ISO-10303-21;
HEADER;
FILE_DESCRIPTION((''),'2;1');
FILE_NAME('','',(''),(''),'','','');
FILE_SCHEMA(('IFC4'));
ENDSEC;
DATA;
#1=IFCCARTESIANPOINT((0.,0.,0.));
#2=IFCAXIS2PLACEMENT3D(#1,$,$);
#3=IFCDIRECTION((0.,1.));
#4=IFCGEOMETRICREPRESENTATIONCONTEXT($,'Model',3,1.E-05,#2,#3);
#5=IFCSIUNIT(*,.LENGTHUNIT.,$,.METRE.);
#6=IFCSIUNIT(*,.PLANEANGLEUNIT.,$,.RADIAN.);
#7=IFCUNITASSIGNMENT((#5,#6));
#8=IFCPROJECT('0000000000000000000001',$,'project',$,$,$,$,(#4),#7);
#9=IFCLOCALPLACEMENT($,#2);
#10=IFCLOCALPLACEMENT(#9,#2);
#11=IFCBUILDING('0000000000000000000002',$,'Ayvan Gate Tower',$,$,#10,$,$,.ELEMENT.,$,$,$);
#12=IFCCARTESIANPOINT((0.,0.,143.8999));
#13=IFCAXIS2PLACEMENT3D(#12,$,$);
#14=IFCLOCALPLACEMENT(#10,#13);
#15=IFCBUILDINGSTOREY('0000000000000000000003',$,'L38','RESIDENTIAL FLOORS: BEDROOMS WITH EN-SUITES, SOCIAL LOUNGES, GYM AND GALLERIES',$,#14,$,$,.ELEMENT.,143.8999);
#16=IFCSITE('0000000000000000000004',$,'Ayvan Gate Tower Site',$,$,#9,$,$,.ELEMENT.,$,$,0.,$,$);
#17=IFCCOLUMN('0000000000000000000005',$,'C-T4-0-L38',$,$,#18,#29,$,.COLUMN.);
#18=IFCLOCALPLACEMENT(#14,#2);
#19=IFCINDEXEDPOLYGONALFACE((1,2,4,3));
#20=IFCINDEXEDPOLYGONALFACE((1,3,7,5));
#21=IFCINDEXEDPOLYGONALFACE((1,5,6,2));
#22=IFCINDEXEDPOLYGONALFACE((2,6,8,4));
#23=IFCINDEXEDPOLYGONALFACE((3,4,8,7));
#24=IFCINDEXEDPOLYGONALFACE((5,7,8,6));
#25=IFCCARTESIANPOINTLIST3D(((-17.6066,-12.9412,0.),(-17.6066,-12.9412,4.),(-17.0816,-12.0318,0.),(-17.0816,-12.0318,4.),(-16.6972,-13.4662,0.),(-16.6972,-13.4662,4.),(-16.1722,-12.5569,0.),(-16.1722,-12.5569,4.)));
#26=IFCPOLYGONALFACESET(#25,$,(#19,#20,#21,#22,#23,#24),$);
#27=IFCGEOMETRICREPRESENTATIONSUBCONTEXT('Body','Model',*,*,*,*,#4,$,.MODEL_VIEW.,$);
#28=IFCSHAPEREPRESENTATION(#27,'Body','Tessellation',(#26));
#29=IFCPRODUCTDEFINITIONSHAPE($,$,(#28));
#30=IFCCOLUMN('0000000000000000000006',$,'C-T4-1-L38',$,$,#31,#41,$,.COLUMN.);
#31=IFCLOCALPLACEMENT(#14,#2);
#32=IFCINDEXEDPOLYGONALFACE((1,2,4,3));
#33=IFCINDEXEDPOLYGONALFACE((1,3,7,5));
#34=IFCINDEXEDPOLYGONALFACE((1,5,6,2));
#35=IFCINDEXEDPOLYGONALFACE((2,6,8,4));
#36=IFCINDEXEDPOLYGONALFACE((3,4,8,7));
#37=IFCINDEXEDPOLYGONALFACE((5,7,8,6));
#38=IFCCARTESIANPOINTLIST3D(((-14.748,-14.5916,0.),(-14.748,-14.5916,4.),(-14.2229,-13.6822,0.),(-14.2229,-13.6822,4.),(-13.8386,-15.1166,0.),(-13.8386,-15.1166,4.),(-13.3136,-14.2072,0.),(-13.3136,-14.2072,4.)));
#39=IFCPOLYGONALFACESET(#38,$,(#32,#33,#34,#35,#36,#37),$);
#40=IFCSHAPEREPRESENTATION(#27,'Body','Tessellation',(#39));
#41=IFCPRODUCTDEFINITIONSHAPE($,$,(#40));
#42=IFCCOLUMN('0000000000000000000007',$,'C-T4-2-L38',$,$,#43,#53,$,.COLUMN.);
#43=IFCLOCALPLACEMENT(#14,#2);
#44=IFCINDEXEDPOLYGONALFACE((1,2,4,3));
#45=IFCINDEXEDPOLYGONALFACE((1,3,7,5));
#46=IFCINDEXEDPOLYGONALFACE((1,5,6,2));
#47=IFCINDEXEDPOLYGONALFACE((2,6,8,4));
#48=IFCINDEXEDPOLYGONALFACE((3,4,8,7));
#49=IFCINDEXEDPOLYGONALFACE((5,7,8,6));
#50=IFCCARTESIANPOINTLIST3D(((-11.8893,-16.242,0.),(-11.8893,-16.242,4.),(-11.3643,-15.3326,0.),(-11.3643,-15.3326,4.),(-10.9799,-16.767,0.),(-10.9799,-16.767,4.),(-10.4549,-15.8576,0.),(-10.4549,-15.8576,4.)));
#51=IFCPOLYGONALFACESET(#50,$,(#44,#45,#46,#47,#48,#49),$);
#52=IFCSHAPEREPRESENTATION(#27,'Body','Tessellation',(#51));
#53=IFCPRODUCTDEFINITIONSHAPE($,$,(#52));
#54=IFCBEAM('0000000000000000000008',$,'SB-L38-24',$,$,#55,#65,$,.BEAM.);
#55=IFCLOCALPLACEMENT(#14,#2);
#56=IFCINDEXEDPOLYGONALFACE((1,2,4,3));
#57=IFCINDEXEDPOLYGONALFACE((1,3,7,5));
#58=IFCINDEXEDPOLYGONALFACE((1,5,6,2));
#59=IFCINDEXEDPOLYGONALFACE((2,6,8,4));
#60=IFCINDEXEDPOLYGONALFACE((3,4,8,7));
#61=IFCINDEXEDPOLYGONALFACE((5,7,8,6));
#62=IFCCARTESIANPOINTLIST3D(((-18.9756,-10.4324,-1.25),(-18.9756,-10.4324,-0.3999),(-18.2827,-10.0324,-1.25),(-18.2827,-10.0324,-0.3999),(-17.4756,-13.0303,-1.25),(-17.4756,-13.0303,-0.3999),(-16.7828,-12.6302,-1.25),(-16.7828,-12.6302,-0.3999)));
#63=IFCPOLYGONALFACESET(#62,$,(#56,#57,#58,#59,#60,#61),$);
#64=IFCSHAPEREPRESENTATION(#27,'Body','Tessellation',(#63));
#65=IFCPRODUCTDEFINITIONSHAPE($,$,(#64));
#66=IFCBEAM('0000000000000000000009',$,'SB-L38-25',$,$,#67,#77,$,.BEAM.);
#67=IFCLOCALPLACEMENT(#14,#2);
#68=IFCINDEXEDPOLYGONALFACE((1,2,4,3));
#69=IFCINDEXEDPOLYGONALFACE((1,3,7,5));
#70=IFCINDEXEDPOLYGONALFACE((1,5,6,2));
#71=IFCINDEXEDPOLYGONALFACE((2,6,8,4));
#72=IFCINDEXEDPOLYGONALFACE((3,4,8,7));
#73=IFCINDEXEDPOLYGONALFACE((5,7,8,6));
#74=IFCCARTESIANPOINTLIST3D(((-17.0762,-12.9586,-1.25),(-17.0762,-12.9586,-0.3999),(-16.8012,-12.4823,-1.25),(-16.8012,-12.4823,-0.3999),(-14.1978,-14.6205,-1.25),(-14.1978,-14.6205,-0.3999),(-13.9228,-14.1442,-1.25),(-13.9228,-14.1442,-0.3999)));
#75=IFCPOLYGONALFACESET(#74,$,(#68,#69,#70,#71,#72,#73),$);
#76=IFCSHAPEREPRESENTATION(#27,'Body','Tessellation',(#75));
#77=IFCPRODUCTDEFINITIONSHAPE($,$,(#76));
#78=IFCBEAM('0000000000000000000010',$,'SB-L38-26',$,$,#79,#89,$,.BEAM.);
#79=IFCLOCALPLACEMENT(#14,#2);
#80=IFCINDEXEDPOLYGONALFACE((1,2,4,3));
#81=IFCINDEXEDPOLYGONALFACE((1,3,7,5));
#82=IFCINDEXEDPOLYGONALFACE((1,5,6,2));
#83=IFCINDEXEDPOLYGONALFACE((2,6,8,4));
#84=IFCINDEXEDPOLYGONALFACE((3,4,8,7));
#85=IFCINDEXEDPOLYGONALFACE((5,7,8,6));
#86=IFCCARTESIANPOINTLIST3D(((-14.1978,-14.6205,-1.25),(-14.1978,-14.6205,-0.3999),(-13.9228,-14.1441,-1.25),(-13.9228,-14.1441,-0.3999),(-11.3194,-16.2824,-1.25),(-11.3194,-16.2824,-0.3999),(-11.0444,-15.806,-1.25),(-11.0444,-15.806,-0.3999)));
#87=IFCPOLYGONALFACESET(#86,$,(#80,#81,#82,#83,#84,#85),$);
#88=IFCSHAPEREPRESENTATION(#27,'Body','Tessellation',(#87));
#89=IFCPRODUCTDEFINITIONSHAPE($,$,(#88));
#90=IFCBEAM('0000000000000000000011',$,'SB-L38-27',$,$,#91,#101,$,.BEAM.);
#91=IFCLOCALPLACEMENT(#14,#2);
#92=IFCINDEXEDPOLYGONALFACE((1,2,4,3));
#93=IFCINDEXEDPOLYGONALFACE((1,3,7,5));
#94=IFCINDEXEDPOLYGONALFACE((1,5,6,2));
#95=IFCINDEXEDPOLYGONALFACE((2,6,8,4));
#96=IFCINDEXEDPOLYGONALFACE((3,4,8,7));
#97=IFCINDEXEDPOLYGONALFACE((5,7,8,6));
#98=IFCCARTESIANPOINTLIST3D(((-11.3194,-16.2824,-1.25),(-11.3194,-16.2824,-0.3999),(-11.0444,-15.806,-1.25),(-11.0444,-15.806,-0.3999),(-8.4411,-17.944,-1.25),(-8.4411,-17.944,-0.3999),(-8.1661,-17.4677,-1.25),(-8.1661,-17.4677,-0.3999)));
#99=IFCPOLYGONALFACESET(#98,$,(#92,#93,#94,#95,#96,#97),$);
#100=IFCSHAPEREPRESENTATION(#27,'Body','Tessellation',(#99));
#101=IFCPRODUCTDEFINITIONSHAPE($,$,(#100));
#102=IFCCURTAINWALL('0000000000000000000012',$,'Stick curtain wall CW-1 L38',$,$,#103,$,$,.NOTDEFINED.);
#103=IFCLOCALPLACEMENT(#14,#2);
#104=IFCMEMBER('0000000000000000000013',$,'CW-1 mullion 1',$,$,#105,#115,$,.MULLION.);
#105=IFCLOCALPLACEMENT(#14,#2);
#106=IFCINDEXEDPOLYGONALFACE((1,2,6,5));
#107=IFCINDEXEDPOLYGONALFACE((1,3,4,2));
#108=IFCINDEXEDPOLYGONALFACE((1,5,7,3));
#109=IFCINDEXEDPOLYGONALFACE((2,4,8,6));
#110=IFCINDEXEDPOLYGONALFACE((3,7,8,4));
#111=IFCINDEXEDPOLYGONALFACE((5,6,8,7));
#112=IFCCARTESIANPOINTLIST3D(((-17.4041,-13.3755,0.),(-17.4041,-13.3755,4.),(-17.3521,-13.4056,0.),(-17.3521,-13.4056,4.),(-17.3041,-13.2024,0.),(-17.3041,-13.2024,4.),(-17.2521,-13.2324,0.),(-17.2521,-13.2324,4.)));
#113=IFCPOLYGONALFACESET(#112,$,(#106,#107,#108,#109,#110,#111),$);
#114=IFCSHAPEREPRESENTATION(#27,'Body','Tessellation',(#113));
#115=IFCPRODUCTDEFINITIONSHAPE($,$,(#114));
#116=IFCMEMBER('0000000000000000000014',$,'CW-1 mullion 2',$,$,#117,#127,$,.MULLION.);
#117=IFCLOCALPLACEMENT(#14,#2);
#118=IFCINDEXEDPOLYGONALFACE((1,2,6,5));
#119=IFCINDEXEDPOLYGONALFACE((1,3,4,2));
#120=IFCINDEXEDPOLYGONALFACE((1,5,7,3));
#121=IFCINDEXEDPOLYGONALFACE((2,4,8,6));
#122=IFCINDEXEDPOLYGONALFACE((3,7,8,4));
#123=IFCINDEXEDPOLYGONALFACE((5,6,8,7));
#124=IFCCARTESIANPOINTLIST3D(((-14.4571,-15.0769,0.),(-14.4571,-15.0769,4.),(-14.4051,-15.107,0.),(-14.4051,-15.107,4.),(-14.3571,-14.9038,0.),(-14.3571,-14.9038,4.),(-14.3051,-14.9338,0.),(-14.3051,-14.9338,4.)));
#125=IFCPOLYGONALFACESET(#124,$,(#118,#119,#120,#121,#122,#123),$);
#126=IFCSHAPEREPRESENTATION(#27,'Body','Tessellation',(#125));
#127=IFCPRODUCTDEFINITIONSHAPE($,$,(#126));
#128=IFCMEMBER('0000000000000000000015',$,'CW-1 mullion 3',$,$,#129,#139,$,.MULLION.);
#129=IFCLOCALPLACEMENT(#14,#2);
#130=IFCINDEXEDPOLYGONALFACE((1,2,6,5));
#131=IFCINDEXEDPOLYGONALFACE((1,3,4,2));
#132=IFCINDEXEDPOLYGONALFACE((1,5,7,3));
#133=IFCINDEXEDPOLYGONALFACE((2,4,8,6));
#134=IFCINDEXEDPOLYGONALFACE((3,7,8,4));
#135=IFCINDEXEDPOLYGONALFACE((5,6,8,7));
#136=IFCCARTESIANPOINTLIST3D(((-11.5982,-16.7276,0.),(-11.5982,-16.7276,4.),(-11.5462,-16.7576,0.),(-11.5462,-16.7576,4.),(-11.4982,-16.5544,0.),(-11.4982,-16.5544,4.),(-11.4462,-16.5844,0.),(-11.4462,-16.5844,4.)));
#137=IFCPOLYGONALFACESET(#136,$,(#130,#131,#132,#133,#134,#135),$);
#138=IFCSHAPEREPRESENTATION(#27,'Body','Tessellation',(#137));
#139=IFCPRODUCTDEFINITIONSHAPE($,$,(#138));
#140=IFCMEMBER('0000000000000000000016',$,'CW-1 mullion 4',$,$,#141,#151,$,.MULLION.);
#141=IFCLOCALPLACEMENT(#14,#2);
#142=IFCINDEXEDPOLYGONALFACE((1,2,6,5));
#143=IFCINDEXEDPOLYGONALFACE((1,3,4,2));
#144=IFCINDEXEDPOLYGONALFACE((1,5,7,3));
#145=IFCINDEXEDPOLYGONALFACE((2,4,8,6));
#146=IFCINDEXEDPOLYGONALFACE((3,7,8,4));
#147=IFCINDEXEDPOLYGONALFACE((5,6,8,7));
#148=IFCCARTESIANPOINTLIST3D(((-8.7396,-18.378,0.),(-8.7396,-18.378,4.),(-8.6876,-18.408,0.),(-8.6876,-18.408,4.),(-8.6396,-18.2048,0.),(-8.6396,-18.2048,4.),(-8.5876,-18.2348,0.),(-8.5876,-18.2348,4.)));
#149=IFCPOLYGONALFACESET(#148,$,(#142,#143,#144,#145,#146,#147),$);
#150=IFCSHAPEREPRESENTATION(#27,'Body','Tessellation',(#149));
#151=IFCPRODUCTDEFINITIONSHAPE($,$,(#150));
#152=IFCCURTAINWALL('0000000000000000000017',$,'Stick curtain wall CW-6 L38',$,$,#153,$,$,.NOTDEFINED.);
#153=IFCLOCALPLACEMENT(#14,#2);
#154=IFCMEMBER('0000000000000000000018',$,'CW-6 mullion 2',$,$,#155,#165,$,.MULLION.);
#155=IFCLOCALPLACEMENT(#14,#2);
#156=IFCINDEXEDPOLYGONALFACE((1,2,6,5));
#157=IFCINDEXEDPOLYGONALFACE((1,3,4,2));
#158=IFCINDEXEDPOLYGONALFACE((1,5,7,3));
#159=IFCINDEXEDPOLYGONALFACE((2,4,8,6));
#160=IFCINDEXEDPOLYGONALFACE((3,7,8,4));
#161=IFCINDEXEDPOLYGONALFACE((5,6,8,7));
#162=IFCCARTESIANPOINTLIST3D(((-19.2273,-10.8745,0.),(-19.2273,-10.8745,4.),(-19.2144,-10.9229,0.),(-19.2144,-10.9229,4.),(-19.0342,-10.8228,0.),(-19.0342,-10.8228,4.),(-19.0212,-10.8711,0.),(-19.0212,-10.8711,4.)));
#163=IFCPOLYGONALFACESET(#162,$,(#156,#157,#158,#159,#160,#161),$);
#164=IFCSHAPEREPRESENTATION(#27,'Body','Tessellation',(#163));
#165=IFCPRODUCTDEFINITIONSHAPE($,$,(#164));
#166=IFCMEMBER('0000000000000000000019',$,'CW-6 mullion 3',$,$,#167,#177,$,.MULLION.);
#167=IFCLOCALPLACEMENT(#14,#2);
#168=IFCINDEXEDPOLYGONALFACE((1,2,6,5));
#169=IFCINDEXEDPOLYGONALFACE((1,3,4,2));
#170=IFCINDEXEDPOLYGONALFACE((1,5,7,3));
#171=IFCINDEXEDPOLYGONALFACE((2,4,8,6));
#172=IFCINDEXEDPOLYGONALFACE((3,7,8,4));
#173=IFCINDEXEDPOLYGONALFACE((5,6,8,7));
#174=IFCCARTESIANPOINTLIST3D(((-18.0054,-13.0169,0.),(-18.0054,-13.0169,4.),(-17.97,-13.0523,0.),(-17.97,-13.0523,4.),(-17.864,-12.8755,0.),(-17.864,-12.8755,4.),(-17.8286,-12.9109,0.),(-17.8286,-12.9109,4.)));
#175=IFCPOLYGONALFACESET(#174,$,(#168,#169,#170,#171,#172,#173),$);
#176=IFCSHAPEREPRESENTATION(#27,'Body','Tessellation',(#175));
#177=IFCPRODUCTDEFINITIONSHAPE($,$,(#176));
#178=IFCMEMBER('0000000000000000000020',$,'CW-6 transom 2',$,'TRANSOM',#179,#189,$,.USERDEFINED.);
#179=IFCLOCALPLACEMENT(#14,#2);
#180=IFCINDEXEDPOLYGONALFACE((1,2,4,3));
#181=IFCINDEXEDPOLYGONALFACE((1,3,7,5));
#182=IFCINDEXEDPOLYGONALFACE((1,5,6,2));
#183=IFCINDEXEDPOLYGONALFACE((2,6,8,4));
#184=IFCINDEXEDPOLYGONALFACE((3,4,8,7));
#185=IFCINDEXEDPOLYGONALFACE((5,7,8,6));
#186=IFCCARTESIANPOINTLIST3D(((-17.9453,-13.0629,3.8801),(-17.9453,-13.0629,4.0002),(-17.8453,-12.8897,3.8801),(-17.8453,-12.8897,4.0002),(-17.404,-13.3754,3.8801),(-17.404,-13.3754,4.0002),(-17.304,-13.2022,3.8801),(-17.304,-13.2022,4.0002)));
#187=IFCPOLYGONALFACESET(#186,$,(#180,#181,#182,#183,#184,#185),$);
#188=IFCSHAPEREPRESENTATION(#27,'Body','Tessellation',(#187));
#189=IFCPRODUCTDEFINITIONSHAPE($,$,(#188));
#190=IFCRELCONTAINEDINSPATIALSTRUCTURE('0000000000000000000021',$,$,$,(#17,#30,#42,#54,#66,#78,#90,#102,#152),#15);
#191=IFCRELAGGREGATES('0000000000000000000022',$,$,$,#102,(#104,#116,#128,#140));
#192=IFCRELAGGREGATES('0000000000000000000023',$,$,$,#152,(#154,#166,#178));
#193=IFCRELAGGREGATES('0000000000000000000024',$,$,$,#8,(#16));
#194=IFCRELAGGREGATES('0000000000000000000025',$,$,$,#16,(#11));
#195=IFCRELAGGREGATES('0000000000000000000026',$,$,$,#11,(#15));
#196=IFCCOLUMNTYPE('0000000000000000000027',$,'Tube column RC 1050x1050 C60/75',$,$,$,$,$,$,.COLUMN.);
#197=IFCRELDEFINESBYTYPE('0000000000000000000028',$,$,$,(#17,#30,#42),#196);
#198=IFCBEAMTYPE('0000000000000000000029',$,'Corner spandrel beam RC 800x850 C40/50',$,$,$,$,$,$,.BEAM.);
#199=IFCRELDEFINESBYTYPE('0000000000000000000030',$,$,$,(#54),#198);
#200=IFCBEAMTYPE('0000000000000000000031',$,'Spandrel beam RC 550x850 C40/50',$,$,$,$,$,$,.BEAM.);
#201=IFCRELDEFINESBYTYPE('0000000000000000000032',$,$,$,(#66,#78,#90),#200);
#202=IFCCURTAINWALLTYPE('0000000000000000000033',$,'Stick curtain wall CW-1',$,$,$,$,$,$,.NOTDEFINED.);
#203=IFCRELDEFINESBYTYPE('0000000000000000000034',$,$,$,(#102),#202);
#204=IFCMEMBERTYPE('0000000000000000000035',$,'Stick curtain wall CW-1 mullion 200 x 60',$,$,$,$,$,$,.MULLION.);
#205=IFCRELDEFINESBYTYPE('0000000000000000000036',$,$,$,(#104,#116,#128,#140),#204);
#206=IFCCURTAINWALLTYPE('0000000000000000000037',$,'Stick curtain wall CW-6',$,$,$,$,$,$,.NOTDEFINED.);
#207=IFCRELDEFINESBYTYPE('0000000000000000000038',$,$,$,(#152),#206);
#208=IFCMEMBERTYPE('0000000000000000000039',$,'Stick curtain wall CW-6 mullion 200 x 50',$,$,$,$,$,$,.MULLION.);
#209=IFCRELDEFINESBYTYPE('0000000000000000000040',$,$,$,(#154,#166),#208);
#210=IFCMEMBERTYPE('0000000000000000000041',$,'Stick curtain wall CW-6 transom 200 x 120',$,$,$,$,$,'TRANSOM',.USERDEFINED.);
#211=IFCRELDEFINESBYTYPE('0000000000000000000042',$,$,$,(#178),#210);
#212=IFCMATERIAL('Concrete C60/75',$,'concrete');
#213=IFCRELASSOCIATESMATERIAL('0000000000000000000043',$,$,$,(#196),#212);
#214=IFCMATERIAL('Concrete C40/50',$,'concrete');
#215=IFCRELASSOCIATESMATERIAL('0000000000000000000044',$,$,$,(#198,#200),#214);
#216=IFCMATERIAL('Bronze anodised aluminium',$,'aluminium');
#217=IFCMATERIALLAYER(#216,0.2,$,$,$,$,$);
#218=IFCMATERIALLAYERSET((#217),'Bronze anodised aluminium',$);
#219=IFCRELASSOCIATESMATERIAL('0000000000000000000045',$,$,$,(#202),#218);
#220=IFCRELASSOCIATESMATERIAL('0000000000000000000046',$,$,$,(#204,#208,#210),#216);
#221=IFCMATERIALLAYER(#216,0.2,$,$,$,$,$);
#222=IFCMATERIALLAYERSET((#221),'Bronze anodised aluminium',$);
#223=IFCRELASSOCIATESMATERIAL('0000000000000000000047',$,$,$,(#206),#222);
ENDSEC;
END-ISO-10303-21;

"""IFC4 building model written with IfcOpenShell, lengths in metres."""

from ifc_helpers import new_model, si_unit, direction, frame, origin, origin_2d, place, context, subcontext, project, spatial, rectangle, extrude, material, layer, layer_set, material_profile, profile_set, type_object, element, aggregate, save


model = new_model("IFC4")

# Units and contexts
model_context = context("Model", 3, precision=1e-05, world=origin(), true_north=direction((0.0, 1.0)))
body_context = subcontext(model_context, "Body", "Model", "MODEL_VIEW")
ifc_project = project(units=[si_unit("LENGTHUNIT", "METRE"), si_unit("PLANEANGLEUNIT", "RADIAN")], contexts=[model_context])

# Site, building, storey
site_placement = place(None, origin())
site = spatial("IfcSite", under=ifc_project, at=site_placement, Name="Ayvan Gate Tower Site", CompositionType="ELEMENT", RefElevation=0.0)
building_placement = place(site_placement, origin())
building = spatial("IfcBuilding", under=site, at=building_placement, Name="Ayvan Gate Tower", CompositionType="ELEMENT")
storey_placement = place(building_placement, frame((0.0, 0.0, 143.8999)))
storey = spatial("IfcBuildingStorey", under=building, at=storey_placement, Name="L38", Description="RESIDENTIAL FLOORS: BEDROOMS WITH EN-SUITES, SOCIAL LOUNGES, GYM AND GALLERIES", CompositionType="ELEMENT", Elevation=143.8999)

# Columns
ifc_material_1 = material(Name="Concrete C60/75", Category="concrete")
ifc_material_profile_1 = material_profile(ifc_material_1, rectangle(XDim=1.05, YDim=1.05, at=origin_2d()), Name="RC 1050x1050")
ifc_profile_set_1 = profile_set([ifc_material_profile_1], Name="Concrete C60/75")
column_type = type_object("IfcColumnType", Name="Tube column RC 1050x1050 C60/75", PredefinedType="COLUMN", material=ifc_profile_set_1)
for number, where, z_axis, x_axis, name in (
    (1, (-16.8894, -12.749, 0.0), (0.0, 0.0, 1.0), (-0.5, -0.866025, 0.0), "C-T4-0-L38"),
    (2, (-14.0308, -14.3994, 0.0), (0.0, 0.0, 1.0), (-0.5, -0.866025, 0.0), "C-T4-1-L38"),
    (3, (-11.1721, -16.0498, 0.0), (0.0, 0.0, 1.0), (-0.5, -0.866025, 0.0), "C-T4-2-L38"),
):
    element("IfcColumn", number, at=place(storey_placement, frame(where, z_axis=z_axis, x_axis=x_axis)), inside=storey, type_object=column_type, Name=name, PredefinedType="COLUMN", context=body_context, shape_type="SweptSolid", body=[
        extrude(rectangle(XDim=1.05, YDim=1.05, at=origin_2d()), origin(), (0.0, 0.0, 1.0), 4.0),
    ])

# Beams
ifc_material_2 = material(Name="Concrete C40/50", Category="concrete")
ifc_material_profile_2 = material_profile(ifc_material_2, rectangle(XDim=0.8, YDim=0.8501, at=origin_2d()), Name="RC 800x850")
ifc_profile_set_2 = profile_set([ifc_material_profile_2], Name="Concrete C40/50")
beam_type_1 = type_object("IfcBeamType", Name="Corner spandrel beam RC 800x850 C40/50", PredefinedType="BEAM", material=ifc_profile_set_2)
beam_1_placement = place(storey_placement, frame((-18.6292, -10.2324, -0.825), z_axis=(0.500025, -0.866011, 0.0), x_axis=(0.866011, 0.500025, 0.0)))
element("IfcBeam", 4, at=beam_1_placement, inside=storey, type_object=beam_type_1, Name="SB-L38-24", PredefinedType="BEAM", context=body_context, shape_type="SweptSolid", body=[
    extrude(rectangle(XDim=0.8, YDim=0.8501, at=origin_2d()), origin(), (0.0, 0.0, 1.0), 2.9998),
])
ifc_material_profile_3 = material_profile(ifc_material_2, rectangle(XDim=0.55, YDim=0.8501, at=origin_2d()), Name="RC 550x850")
ifc_profile_set_3 = profile_set([ifc_material_profile_3], Name="Concrete C40/50")
beam_type_2 = type_object("IfcBeamType", Name="Spandrel beam RC 550x850 C40/50", PredefinedType="BEAM", material=ifc_profile_set_3)
for number, where, z_axis, x_axis, name in (
    (5, (-16.9387, -12.7205, -0.825), (0.866024, -0.500002, 0.0), (0.500002, 0.866024, 0.0), "SB-L38-25"),
    (6, (-14.0603, -14.3823, -0.825), (0.866024, -0.500002, 0.0), (0.500002, 0.866024, 0.0), "SB-L38-26"),
):
    element("IfcBeam", number, at=place(storey_placement, frame(where, z_axis=z_axis, x_axis=x_axis)), inside=storey, type_object=beam_type_2, Name=name, PredefinedType="BEAM", context=body_context, shape_type="SweptSolid", body=[
        extrude(rectangle(XDim=0.55, YDim=0.8501, at=origin_2d()), origin(), (0.0, 0.0, 1.0), 3.3237),
    ])
beam_2_placement = place(storey_placement, frame((-11.1819, -16.0442, -0.825), z_axis=(0.866038, -0.499979, 0.0), x_axis=(0.499979, 0.866038, 0.0)))
element("IfcBeam", 7, at=beam_2_placement, inside=storey, type_object=beam_type_2, Name="SB-L38-27", PredefinedType="BEAM", context=body_context, shape_type="SweptSolid", body=[
    extrude(rectangle(XDim=0.55, YDim=0.8501, at=origin_2d()), origin(), (0.0, 0.0, 1.0), 3.3235),
])

# Curtain walls, members
ifc_material_3 = material(Name="Bronze anodised aluminium", Category="aluminium")
ifc_layer_1 = layer(ifc_material_3, 0.2)
ifc_layer_set_1 = layer_set([ifc_layer_1], Name="Bronze anodised aluminium")
curtain_wall_type_1 = type_object("IfcCurtainWallType", Name="Stick curtain wall CW-1", PredefinedType="NOTDEFINED", material=ifc_layer_set_1)
curtain_wall_1_placement = place(storey_placement, origin())
curtain_wall_1 = element("IfcCurtainWall", 8, at=curtain_wall_1_placement, inside=storey, type_object=curtain_wall_type_1, Name="Stick curtain wall CW-1 L38", PredefinedType="NOTDEFINED")
ifc_material_profile_4 = material_profile(ifc_material_3, rectangle(XDim=0.2, YDim=0.0601, at=origin_2d()), Name="Stick curtain wall CW-1 mullion 200 x 60")
ifc_profile_set_4 = profile_set([ifc_material_profile_4], Name="Bronze anodised aluminium")
member_type_1 = type_object("IfcMemberType", Name="Stick curtain wall CW-1 mullion 200 x 60", PredefinedType="MULLION", material=ifc_profile_set_4)
member_1_placement = place(storey_placement, frame((-17.3281, -13.304, 0.0), z_axis=(0.0, 0.0, 1.0), x_axis=(-0.5, -0.866025, 0.0)))
member_1 = element("IfcMember", 9, at=member_1_placement, type_object=member_type_1, Name="CW-1 mullion 1", PredefinedType="MULLION", context=body_context, shape_type="SweptSolid", body=[
    extrude(rectangle(XDim=0.2, YDim=0.0601, at=origin_2d()), origin(), (0.0, 0.0, 1.0), 4.0),
])
member_2_placement = place(storey_placement, frame((-14.3811, -15.0054, 0.0), z_axis=(0.0, 0.0, 1.0), x_axis=(-0.5, -0.866025, 0.0)))
member_2 = element("IfcMember", 10, at=member_2_placement, type_object=member_type_1, Name="CW-1 mullion 2", PredefinedType="MULLION", context=body_context, shape_type="SweptSolid", body=[
    extrude(rectangle(XDim=0.2, YDim=0.0601, at=origin_2d()), origin(), (0.0, 0.0, 1.0), 4.0),
])
member_3_placement = place(storey_placement, frame((-11.5222, -16.656, 0.0), z_axis=(0.0, 0.0, 1.0), x_axis=(-0.5, -0.866025, 0.0)))
member_3 = element("IfcMember", 11, at=member_3_placement, type_object=member_type_1, Name="CW-1 mullion 3", PredefinedType="MULLION", context=body_context, shape_type="SweptSolid", body=[
    extrude(rectangle(XDim=0.2, YDim=0.0601, at=origin_2d()), origin(), (0.0, 0.0, 1.0), 4.0),
])
member_4_placement = place(storey_placement, frame((-8.6636, -18.3064, 0.0), z_axis=(0.0, 0.0, 1.0), x_axis=(-0.5, -0.866025, 0.0)))
member_4 = element("IfcMember", 12, at=member_4_placement, type_object=member_type_1, Name="CW-1 mullion 4", PredefinedType="MULLION", context=body_context, shape_type="SweptSolid", body=[
    extrude(rectangle(XDim=0.2, YDim=0.0601, at=origin_2d()), origin(), (0.0, 0.0, 1.0), 4.0),
])
ifc_layer_2 = layer(ifc_material_3, 0.2)
ifc_layer_set_2 = layer_set([ifc_layer_2], Name="Bronze anodised aluminium")
curtain_wall_type_2 = type_object("IfcCurtainWallType", Name="Stick curtain wall CW-6", PredefinedType="NOTDEFINED", material=ifc_layer_set_2)
curtain_wall_2_placement = place(storey_placement, origin())
curtain_wall_2 = element("IfcCurtainWall", 13, at=curtain_wall_2_placement, inside=storey, type_object=curtain_wall_type_2, Name="Stick curtain wall CW-6 L38", PredefinedType="NOTDEFINED")
ifc_material_profile_5 = material_profile(ifc_material_3, rectangle(XDim=0.2, YDim=0.05, at=origin_2d()), Name="Stick curtain wall CW-6 mullion 200 x 50")
ifc_profile_set_5 = profile_set([ifc_material_profile_5], Name="Bronze anodised aluminium")
member_type_2 = type_object("IfcMemberType", Name="Stick curtain wall CW-6 mullion 200 x 50", PredefinedType="MULLION", material=ifc_profile_set_5)
member_5_placement = place(storey_placement, frame((-19.1243, -10.8728, 0.0), z_axis=(0.0, 0.0, 1.0), x_axis=(-0.965926, -0.258819, 0.0)))
member_5 = element("IfcMember", 14, at=member_5_placement, type_object=member_type_2, Name="CW-6 mullion 2", PredefinedType="MULLION", context=body_context, shape_type="SweptSolid", body=[
    extrude(rectangle(XDim=0.2, YDim=0.05, at=origin_2d()), origin(), (0.0, 0.0, 1.0), 4.0),
])
member_6_placement = place(storey_placement, frame((-17.917, -12.9639, 0.0), z_axis=(0.0, 0.0, 1.0), x_axis=(-0.707107, -0.707107, 0.0)))
member_6 = element("IfcMember", 15, at=member_6_placement, type_object=member_type_2, Name="CW-6 mullion 3", PredefinedType="MULLION", context=body_context, shape_type="SweptSolid", body=[
    extrude(rectangle(XDim=0.2, YDim=0.05, at=origin_2d()), origin(), (0.0, 0.0, 1.0), 4.0),
])
ifc_material_profile_6 = material_profile(ifc_material_3, rectangle(XDim=0.2, YDim=0.1201, at=origin_2d()), Name="Stick curtain wall CW-6 transom 200 x 120")
ifc_profile_set_6 = profile_set([ifc_material_profile_6], Name="Bronze anodised aluminium")
member_type_3 = type_object("IfcMemberType", Name="Stick curtain wall CW-6 transom 200 x 120", ElementType="TRANSOM", PredefinedType="USERDEFINED", material=ifc_profile_set_6)
member_7_placement = place(storey_placement, frame((-17.8953, -12.9763, 3.9402), z_axis=(0.866023, -0.500004, 0.0), x_axis=(0.500004, 0.866023, 0.0)))
member_7 = element("IfcMember", 16, at=member_7_placement, type_object=member_type_3, Name="CW-6 transom 2", ObjectType="TRANSOM", PredefinedType="USERDEFINED", context=body_context, shape_type="SweptSolid", body=[
    extrude(rectangle(XDim=0.2, YDim=0.1201, at=origin_2d()), origin(), (0.0, 0.0, 1.0), 0.625),
])

aggregate(curtain_wall_1, [member_1, member_2, member_3, member_4])
aggregate(curtain_wall_2, [member_5, member_6, member_7])

save(model, "model.ifc")
